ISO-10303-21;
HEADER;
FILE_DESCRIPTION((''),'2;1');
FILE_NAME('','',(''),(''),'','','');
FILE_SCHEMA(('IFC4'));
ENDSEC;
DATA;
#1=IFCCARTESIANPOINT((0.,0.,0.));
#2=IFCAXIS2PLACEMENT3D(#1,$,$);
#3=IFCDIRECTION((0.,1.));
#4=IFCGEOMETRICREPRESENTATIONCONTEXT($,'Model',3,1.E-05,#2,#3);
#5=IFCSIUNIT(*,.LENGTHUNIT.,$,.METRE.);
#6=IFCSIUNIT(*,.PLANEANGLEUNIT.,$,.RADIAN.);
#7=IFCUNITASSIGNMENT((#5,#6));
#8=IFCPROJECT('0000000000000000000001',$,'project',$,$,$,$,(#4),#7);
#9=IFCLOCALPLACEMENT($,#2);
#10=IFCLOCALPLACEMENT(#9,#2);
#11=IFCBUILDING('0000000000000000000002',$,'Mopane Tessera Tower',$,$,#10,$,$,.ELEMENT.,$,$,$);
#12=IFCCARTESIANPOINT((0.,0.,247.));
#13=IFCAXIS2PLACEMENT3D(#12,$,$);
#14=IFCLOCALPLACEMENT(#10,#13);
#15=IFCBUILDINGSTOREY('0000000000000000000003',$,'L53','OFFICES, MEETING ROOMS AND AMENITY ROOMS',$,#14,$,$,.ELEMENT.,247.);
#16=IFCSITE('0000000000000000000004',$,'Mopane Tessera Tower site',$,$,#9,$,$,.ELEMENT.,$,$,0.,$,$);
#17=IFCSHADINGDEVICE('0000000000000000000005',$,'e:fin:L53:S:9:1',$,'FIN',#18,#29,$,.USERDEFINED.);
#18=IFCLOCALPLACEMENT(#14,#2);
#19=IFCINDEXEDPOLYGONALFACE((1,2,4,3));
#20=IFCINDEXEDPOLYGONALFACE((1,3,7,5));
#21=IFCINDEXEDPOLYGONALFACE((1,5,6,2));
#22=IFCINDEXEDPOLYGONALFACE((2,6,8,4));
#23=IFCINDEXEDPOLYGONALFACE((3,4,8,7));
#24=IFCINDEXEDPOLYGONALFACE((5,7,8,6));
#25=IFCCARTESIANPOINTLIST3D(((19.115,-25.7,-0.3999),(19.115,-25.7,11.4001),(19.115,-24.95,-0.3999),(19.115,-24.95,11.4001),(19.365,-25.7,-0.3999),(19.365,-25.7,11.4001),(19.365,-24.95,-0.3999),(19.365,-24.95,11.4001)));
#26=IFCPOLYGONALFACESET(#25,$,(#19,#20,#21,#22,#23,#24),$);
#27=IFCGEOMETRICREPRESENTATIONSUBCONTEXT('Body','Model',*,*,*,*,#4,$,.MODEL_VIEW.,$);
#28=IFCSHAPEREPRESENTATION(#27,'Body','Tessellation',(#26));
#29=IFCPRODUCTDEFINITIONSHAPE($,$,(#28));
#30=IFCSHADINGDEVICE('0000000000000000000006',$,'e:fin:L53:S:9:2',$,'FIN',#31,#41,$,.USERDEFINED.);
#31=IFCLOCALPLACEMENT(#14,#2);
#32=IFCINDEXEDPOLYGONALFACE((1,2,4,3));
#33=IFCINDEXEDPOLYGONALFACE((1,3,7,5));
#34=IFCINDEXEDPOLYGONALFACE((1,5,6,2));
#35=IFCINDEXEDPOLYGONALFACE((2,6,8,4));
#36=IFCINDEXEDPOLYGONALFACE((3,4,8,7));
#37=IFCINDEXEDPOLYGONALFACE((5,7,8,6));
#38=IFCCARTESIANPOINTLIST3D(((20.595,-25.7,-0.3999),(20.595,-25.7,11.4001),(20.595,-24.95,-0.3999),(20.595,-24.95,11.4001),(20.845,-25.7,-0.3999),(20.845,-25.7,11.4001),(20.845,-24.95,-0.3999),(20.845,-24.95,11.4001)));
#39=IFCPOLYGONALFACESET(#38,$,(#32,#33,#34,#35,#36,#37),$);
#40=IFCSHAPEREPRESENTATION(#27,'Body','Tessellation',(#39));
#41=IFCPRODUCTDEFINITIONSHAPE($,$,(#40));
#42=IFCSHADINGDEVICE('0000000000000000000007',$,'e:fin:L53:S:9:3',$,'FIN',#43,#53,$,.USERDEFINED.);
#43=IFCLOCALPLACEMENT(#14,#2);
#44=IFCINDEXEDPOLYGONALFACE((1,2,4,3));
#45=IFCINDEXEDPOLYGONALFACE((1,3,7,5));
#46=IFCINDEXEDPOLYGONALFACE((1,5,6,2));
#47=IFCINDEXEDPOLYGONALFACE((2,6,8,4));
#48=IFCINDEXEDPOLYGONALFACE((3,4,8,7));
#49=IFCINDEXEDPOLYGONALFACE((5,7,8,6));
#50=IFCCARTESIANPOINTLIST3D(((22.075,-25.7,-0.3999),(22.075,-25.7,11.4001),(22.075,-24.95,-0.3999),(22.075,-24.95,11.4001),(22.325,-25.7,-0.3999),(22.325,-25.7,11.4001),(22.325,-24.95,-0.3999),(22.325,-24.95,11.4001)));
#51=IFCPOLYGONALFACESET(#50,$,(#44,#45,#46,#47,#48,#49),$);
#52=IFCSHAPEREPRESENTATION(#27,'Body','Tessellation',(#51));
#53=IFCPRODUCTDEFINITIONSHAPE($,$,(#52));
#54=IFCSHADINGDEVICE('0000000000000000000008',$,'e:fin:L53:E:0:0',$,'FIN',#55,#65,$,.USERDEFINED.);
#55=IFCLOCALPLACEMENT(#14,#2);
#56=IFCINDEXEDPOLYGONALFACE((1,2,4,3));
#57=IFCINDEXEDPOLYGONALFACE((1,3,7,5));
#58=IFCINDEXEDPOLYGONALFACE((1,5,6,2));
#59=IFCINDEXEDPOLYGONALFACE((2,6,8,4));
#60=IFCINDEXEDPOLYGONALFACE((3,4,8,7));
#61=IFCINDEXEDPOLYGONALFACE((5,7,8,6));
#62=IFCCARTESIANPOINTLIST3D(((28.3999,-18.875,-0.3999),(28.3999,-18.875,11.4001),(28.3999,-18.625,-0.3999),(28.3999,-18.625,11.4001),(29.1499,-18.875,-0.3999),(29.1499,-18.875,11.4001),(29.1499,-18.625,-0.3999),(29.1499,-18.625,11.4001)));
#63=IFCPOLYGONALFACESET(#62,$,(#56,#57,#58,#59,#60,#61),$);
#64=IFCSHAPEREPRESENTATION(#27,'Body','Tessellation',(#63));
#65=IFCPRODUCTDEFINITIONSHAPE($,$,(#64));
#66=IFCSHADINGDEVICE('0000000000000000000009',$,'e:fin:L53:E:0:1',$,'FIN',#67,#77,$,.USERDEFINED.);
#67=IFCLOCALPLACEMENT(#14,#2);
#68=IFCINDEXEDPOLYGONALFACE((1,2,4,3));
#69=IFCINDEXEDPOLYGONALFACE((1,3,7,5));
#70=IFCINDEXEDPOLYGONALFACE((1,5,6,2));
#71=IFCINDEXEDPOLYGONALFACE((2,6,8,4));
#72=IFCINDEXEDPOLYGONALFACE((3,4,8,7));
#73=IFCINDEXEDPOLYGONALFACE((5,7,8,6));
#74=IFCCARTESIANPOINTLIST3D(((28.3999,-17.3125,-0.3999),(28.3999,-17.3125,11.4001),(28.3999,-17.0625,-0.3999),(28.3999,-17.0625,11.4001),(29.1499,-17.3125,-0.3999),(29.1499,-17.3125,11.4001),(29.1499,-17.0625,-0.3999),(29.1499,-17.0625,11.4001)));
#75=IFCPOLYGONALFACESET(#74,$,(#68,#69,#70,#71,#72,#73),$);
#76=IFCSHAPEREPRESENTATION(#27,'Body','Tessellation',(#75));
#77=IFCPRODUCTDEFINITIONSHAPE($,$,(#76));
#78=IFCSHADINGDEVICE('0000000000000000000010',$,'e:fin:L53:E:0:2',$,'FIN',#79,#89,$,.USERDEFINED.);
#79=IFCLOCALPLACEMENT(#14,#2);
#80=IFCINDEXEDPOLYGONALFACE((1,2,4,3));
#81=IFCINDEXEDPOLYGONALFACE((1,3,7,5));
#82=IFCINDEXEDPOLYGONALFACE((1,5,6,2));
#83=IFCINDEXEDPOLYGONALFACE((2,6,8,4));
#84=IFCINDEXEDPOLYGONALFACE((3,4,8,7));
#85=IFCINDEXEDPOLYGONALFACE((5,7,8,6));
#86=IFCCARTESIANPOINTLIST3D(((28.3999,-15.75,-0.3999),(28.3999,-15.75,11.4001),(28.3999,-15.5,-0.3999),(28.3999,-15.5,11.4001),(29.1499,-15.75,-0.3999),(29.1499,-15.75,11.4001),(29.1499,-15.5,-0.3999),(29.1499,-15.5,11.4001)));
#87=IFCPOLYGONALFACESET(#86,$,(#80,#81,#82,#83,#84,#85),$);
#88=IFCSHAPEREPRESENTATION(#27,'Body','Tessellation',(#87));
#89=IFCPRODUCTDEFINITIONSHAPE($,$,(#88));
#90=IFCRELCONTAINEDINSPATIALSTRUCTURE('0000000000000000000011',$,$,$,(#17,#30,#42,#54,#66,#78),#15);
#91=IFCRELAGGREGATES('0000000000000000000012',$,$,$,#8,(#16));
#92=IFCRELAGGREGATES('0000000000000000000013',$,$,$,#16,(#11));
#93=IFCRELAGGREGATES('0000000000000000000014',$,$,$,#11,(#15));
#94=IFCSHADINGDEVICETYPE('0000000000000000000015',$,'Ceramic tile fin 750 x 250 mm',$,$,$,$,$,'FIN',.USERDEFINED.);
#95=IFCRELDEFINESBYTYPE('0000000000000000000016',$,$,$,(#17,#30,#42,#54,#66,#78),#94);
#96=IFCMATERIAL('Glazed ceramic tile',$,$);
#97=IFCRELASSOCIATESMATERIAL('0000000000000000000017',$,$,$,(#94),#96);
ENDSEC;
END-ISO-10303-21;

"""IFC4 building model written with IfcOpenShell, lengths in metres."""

from ifc_helpers import new_model, si_unit, direction, frame, origin, origin_2d, place, context, subcontext, project, spatial, rectangle, extrude, material, type_object, element, save


model = new_model("IFC4")

# Units and contexts
model_context = context("Model", 3, precision=1e-05, world=origin(), true_north=direction((0.0, 1.0)))
body_context = subcontext(model_context, "Body", "Model", "MODEL_VIEW")
ifc_project = project(units=[si_unit("LENGTHUNIT", "METRE"), si_unit("PLANEANGLEUNIT", "RADIAN")], contexts=[model_context])

# Site, building, storey
site_placement = place(None, origin())
site = spatial("IfcSite", under=ifc_project, at=site_placement, Name="Mopane Tessera Tower site", CompositionType="ELEMENT", RefElevation=0.0)
building_placement = place(site_placement, origin())
building = spatial("IfcBuilding", under=site, at=building_placement, Name="Mopane Tessera Tower", CompositionType="ELEMENT")
storey_placement = place(building_placement, frame((0.0, 0.0, 247.0)))
storey = spatial("IfcBuildingStorey", under=building, at=storey_placement, Name="L53", Description="OFFICES, MEETING ROOMS AND AMENITY ROOMS", CompositionType="ELEMENT", Elevation=247.0)

# Shading devices
ifc_material_1 = material(Name="Glazed ceramic tile")
shading_device_type = type_object("IfcShadingDeviceType", Name="Ceramic tile fin 750 x 250 mm", ElementType="FIN", PredefinedType="USERDEFINED", material=ifc_material_1)
for number, where, z_axis, x_axis, name in (
    (1, (19.24, -25.325, -0.3999), (0.0, 0.0, 1.0), (1.0, 0.0, 0.0), "e:fin:L53:S:9:1"),
    (2, (20.72, -25.325, -0.3999), (0.0, 0.0, 1.0), (1.0, 0.0, 0.0), "e:fin:L53:S:9:2"),
    (3, (22.2, -25.325, -0.3999), (0.0, 0.0, 1.0), (1.0, 0.0, 0.0), "e:fin:L53:S:9:3"),
    (4, (28.7749, -18.75, -0.3999), (0.0, 0.0, 1.0), (0.0, 1.0, 0.0), "e:fin:L53:E:0:0"),
    (5, (28.7749, -17.1875, -0.3999), (0.0, 0.0, 1.0), (0.0, 1.0, 0.0), "e:fin:L53:E:0:1"),
    (6, (28.7749, -15.625, -0.3999), (0.0, 0.0, 1.0), (0.0, 1.0, 0.0), "e:fin:L53:E:0:2"),
):
    element("IfcShadingDevice", number, at=place(storey_placement, frame(where, z_axis=z_axis, x_axis=x_axis)), inside=storey, type_object=shading_device_type, Name=name, ObjectType="FIN", PredefinedType="USERDEFINED", context=body_context, shape_type="SweptSolid", body=[
        extrude(rectangle(XDim=0.25, YDim=0.75, at=origin_2d()), origin(), (0.0, 0.0, 1.0), 11.8),
    ])

save(model, "model.ifc")
